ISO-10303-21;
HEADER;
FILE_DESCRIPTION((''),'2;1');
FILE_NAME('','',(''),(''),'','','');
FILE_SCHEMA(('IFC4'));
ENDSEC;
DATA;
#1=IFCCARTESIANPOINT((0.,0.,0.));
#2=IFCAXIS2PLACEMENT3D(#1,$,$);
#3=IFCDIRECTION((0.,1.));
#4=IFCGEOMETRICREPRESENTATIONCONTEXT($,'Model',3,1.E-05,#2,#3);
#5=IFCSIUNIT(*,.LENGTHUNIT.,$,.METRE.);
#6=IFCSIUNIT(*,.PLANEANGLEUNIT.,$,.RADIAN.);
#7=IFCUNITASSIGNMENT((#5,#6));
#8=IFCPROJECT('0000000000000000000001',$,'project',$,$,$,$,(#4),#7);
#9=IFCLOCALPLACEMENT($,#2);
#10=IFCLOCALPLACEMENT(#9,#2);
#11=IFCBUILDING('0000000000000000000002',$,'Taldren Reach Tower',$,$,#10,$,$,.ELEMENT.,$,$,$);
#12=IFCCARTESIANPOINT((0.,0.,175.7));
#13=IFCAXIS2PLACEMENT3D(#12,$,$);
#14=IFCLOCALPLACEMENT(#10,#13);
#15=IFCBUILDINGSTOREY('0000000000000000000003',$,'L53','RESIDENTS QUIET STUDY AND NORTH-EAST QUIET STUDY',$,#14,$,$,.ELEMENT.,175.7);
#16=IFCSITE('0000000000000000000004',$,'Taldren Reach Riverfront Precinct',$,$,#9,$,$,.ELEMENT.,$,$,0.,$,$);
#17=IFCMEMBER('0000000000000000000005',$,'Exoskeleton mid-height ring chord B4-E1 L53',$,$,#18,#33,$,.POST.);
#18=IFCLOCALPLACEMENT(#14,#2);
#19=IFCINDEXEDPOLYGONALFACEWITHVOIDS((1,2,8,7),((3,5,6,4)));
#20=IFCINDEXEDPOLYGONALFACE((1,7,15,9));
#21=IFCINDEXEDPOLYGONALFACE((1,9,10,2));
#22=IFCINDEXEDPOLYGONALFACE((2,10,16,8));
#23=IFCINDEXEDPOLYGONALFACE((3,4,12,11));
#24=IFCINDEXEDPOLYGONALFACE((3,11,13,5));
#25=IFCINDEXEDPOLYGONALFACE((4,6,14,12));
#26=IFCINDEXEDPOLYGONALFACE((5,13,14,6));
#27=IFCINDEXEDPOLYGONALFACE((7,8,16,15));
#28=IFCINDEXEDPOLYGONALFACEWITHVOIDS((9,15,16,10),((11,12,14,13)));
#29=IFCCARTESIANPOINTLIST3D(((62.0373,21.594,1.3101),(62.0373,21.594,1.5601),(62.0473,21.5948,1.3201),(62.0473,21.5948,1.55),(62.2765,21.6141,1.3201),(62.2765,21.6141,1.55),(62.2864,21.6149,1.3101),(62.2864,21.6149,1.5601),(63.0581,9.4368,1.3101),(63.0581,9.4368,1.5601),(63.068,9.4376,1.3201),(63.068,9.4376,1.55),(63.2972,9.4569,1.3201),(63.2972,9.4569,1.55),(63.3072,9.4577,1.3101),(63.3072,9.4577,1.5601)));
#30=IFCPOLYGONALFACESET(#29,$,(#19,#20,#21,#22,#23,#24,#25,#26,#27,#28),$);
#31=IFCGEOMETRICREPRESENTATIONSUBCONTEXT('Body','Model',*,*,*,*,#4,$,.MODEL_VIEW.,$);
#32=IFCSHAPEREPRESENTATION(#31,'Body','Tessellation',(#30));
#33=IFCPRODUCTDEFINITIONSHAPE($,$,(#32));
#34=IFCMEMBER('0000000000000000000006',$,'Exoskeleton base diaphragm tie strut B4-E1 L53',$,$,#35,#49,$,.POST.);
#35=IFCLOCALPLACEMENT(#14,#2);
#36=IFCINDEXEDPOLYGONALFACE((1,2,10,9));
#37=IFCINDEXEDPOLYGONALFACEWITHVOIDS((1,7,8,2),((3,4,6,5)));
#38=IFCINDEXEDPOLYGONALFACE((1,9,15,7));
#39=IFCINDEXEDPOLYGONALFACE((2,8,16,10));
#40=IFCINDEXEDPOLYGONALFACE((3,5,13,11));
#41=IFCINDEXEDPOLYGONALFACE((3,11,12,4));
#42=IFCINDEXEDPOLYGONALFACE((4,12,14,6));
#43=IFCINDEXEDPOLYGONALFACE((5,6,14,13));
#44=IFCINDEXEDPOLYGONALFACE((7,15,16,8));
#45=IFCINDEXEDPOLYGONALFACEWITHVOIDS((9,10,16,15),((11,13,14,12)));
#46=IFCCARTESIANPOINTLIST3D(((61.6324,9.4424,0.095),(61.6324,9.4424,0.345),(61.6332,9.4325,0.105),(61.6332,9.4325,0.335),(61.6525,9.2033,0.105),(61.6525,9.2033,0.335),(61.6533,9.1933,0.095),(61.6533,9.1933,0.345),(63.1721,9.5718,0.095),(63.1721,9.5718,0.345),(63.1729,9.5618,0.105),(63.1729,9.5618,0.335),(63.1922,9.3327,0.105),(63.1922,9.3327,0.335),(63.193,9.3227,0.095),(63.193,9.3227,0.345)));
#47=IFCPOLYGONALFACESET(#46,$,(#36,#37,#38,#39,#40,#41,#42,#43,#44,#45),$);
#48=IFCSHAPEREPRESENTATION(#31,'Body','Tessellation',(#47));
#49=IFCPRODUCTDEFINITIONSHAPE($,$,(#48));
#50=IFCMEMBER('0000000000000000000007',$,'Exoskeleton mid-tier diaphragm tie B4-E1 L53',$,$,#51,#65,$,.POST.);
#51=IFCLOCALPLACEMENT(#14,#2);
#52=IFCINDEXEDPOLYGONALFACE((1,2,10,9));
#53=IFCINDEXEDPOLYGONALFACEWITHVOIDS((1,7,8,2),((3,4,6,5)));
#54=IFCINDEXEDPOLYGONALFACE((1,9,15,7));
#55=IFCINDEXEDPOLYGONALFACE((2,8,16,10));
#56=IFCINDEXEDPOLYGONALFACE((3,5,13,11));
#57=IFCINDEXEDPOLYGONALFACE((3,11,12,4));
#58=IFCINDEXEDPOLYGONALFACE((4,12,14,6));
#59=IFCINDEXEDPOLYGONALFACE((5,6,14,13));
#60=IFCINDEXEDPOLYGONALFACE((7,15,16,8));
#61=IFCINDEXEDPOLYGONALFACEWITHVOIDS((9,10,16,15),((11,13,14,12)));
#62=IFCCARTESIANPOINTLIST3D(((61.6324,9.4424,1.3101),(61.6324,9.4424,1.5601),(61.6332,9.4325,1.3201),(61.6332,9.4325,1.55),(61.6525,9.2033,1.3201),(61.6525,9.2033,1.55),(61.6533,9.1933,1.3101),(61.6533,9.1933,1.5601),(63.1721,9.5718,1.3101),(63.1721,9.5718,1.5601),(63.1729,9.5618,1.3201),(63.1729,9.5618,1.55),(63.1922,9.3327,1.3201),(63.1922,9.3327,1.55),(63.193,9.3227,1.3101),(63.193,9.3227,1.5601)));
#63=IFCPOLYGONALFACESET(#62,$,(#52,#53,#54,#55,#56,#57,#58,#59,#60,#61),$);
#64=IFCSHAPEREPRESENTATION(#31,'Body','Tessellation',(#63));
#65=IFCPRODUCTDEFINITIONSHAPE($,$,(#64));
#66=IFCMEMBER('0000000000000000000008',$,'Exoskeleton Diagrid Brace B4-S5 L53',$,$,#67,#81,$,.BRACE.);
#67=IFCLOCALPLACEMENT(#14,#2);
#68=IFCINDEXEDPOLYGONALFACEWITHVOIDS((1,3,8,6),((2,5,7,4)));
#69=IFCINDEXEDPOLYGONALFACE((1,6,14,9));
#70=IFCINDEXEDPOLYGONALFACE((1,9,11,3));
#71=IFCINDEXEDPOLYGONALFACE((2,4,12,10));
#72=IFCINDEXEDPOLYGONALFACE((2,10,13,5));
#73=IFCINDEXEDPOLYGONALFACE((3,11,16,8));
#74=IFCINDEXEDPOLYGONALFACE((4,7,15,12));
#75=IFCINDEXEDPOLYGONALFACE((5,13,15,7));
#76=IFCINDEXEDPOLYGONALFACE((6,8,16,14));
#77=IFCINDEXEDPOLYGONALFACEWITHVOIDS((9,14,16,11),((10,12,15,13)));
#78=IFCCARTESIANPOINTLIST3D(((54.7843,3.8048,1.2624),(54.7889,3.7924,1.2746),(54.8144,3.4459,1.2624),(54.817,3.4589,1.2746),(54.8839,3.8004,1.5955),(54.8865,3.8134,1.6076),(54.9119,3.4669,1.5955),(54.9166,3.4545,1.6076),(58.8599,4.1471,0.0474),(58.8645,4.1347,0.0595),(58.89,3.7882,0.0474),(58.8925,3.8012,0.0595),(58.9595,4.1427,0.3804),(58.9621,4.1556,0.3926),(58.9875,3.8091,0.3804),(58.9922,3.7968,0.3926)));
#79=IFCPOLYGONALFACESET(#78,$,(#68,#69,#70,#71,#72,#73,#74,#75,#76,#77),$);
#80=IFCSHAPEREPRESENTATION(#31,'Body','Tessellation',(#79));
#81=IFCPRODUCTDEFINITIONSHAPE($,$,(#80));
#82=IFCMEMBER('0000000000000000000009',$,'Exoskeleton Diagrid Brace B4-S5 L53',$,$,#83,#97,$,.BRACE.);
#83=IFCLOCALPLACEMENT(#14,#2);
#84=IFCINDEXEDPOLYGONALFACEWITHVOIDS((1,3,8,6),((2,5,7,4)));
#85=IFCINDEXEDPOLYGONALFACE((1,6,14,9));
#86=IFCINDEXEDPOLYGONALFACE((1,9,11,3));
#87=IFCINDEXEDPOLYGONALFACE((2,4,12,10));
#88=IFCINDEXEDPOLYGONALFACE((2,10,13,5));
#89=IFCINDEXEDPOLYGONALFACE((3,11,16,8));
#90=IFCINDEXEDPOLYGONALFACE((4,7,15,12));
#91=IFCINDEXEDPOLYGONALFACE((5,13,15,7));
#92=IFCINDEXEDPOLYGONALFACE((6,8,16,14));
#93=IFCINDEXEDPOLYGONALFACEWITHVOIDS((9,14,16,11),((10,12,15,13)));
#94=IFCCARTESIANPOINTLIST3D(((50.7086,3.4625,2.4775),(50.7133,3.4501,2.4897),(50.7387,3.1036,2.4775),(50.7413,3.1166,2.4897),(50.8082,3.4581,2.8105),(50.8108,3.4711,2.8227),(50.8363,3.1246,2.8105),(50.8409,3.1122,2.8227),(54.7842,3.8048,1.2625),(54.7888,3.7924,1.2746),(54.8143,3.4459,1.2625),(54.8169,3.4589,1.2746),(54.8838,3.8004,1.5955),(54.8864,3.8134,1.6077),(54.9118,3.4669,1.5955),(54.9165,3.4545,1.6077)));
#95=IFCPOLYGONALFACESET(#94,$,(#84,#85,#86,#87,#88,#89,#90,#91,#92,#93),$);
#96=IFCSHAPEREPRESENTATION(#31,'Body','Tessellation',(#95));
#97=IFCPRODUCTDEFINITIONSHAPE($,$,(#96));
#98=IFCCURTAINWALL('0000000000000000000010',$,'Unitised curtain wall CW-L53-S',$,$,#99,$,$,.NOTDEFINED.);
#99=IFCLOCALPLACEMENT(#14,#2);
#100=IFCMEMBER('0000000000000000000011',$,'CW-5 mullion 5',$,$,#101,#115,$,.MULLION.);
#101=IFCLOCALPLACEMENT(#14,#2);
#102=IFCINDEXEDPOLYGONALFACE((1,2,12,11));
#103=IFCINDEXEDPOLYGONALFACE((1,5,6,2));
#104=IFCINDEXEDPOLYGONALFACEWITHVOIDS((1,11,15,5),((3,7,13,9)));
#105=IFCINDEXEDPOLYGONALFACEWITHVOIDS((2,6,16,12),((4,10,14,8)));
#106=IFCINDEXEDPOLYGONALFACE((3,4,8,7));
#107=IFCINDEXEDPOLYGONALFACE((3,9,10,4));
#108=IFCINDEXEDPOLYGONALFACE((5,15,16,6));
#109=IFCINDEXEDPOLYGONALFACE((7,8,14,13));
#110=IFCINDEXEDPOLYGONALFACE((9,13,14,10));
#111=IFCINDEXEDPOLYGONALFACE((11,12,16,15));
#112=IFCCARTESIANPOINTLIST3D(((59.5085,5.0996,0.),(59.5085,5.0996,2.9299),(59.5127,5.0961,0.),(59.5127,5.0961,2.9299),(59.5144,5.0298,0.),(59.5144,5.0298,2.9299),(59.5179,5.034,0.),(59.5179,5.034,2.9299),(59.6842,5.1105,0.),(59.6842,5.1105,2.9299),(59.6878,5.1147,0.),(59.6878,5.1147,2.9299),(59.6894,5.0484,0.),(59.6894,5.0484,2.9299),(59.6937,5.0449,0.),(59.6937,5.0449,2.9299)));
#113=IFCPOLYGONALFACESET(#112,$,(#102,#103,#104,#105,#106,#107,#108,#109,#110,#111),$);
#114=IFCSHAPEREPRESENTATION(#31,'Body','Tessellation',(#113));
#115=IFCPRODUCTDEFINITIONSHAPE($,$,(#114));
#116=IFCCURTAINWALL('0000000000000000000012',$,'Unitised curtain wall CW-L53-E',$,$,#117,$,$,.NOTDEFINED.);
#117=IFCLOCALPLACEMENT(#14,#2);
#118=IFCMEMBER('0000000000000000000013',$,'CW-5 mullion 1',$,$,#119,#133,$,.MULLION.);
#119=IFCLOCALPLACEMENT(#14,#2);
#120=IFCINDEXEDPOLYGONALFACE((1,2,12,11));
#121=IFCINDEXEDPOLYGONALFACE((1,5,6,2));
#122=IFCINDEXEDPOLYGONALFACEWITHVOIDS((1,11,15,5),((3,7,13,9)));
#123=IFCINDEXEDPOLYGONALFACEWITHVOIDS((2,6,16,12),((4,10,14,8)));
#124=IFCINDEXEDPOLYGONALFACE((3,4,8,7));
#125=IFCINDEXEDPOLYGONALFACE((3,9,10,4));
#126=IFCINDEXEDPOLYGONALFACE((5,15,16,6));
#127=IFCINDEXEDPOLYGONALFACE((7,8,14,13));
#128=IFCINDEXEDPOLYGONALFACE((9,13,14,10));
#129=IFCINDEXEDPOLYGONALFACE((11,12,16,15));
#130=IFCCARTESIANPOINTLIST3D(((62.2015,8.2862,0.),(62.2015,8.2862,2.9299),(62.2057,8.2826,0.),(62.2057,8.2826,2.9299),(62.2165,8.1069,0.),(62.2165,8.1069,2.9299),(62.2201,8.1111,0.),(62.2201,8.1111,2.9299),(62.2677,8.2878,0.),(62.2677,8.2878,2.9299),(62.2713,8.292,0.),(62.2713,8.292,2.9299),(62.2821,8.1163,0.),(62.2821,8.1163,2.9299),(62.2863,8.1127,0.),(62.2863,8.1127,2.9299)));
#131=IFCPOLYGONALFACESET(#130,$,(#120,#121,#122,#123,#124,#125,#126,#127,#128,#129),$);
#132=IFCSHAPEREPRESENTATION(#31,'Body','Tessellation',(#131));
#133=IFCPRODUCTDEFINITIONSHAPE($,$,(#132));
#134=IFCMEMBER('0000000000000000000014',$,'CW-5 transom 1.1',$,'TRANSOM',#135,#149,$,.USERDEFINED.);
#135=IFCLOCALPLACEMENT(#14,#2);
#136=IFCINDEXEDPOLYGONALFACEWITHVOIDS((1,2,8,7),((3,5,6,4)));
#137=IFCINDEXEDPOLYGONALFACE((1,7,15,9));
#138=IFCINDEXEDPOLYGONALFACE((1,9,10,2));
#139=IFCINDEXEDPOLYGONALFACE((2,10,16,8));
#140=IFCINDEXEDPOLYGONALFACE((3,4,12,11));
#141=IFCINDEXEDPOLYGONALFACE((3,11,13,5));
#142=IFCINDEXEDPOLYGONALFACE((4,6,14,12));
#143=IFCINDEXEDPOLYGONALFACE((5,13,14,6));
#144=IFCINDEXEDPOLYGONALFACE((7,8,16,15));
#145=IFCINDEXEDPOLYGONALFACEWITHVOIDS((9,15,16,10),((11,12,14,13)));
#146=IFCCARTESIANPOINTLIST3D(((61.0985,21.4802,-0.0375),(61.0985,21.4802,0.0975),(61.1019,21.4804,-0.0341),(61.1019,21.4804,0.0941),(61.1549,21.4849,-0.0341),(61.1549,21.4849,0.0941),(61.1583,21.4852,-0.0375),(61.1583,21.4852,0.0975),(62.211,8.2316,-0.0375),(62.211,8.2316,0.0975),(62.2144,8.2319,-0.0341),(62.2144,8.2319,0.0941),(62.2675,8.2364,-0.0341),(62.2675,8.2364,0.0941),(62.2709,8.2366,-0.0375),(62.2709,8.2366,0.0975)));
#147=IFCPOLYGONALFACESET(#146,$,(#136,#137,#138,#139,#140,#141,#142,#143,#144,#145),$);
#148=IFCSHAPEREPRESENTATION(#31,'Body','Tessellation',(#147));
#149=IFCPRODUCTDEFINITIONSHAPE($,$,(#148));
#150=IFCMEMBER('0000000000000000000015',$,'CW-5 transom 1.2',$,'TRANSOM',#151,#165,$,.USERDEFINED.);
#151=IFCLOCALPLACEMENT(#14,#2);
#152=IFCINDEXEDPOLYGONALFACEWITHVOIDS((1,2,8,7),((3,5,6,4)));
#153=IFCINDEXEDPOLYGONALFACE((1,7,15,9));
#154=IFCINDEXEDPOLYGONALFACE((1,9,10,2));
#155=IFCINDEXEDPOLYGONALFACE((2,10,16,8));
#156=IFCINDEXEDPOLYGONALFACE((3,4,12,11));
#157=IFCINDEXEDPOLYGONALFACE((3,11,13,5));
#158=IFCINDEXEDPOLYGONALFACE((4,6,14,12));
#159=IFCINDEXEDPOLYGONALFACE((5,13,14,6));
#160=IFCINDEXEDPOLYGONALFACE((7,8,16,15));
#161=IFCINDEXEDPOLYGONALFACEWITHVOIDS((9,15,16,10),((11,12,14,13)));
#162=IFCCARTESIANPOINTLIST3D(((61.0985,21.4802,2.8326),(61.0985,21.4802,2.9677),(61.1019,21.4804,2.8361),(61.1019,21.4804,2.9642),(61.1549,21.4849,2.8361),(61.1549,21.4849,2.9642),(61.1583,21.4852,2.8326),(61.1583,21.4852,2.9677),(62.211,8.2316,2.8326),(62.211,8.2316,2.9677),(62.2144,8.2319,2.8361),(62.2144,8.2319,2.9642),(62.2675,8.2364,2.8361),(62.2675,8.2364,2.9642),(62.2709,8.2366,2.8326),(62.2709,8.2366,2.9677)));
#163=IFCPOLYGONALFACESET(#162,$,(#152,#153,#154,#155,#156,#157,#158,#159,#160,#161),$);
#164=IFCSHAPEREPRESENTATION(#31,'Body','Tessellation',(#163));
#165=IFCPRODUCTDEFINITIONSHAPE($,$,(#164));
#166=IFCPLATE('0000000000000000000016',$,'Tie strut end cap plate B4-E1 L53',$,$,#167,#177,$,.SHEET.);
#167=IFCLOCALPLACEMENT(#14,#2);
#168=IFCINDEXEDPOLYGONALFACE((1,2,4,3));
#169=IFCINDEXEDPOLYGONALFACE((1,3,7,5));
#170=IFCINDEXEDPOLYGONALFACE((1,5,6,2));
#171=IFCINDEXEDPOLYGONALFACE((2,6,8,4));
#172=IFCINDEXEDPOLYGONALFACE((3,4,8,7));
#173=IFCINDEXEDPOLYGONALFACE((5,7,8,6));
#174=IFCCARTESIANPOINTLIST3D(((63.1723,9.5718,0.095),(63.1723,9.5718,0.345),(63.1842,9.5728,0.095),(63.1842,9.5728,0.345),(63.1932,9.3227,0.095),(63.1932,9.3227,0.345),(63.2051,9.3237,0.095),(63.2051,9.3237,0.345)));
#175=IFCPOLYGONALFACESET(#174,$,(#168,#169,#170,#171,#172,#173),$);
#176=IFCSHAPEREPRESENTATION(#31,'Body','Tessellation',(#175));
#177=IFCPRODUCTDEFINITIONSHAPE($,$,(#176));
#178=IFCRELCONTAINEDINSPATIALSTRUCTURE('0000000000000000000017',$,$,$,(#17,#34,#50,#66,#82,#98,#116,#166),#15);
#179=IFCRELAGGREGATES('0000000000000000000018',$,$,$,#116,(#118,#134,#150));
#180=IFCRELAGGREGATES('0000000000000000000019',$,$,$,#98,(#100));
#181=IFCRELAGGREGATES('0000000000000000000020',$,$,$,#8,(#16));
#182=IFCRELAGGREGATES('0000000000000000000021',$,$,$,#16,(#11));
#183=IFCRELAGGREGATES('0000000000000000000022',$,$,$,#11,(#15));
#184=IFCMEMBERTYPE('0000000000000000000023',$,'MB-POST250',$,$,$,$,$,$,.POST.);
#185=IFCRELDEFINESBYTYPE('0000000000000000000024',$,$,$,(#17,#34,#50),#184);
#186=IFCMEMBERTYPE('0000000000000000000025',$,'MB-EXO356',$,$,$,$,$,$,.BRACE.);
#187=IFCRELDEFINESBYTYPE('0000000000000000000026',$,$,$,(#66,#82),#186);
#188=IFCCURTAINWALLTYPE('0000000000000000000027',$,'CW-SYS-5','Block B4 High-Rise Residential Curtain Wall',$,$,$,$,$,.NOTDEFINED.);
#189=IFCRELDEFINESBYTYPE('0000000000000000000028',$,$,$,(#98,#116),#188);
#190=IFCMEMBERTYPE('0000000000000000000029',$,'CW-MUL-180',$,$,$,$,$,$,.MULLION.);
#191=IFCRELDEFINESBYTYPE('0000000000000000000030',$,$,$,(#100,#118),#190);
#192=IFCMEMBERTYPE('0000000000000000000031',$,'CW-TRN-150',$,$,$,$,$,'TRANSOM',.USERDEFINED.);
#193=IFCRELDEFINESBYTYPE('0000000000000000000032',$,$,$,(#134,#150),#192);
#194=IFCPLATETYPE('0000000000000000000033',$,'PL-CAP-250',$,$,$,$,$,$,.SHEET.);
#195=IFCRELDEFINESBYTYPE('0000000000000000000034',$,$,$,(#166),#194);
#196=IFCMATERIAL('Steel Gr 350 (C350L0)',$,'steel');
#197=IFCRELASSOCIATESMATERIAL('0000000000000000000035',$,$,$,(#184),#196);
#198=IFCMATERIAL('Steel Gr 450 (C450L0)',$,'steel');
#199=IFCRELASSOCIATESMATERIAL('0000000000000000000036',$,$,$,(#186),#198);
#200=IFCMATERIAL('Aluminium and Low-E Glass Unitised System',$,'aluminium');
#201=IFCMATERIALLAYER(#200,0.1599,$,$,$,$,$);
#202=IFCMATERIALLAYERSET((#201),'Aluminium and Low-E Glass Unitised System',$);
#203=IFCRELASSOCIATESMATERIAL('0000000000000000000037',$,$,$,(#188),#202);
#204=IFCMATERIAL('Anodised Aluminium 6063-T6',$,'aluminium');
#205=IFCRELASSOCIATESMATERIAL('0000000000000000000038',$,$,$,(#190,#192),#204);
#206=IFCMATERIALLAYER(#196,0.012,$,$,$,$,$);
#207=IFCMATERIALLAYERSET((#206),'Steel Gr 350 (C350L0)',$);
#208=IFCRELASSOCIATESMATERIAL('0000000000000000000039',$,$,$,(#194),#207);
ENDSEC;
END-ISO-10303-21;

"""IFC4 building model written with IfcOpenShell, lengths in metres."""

from ifc_helpers import new_model, si_unit, direction, frame, origin, origin_2d, place, context, subcontext, project, spatial, rectangle, hollow_rectangle, extrude, source, transform, mapped, material, layer, layer_set, material_profile, profile_set, type_object, element, aggregate, save


model = new_model("IFC4")

# Units and contexts
model_context = context("Model", 3, precision=1e-05, world=origin(), true_north=direction((0.0, 1.0)))
body_context = subcontext(model_context, "Body", "Model", "MODEL_VIEW")
ifc_project = project(units=[si_unit("LENGTHUNIT", "METRE"), si_unit("PLANEANGLEUNIT", "RADIAN")], contexts=[model_context])

# Site, building, storey
site_placement = place(None, origin())
site = spatial("IfcSite", under=ifc_project, at=site_placement, Name="Taldren Reach Riverfront Precinct", CompositionType="ELEMENT", RefElevation=0.0)
building_placement = place(site_placement, origin())
building = spatial("IfcBuilding", under=site, at=building_placement, Name="Taldren Reach Tower", CompositionType="ELEMENT")
storey_placement = place(building_placement, frame((0.0, 0.0, 175.7)))
storey = spatial("IfcBuildingStorey", under=building, at=storey_placement, Name="L53", Description="RESIDENTS QUIET STUDY AND NORTH-EAST QUIET STUDY", CompositionType="ELEMENT", Elevation=175.7)

# Shared definitions
ifc_material_1 = material(Name="Steel Gr 350 (C350L0)", Category="steel")

# Shared definitions
ifc_material_profile_1 = material_profile(ifc_material_1, hollow_rectangle(XDim=0.25, YDim=0.25, WallThickness=0.01, at=origin_2d()), Name="250x250x10.0SHS")
ifc_profile_set_1 = profile_set([ifc_material_profile_1], Name="Steel Gr 350 (C350L0)")
member_type_1 = type_object("IfcMemberType", Name="MB-POST250", PredefinedType="POST", material=ifc_profile_set_1)

# Members
ifc_material_2 = material(Name="Steel Gr 450 (C450L0)", Category="steel")
shared_shape_1 = source(origin(), body_context, "Body", "SweptSolid", [
    extrude(hollow_rectangle(XDim=0.25, YDim=0.25, WallThickness=0.01, at=origin_2d()), origin(), (0.0, 0.0, 1.0), 12.2),
])
member_1_placement = place(storey_placement, frame((63.1826, 9.4473, 1.4351), z_axis=(-0.083668, 0.996494, 0.0), x_axis=(-0.996494, -0.083668, 0.0)))
element("IfcMember", 1, at=member_1_placement, inside=storey, type_object=member_type_1, Name="Exoskeleton mid-height ring chord B4-E1 L53", PredefinedType="POST", context=body_context, shape_type="MappedRepresentation", body=[
    mapped(shared_shape_1, transform((0.0, 0.0, 0.0), scale=1.0)),
])
shared_shape_2 = source(origin(), body_context, "Body", "SweptSolid", [
    extrude(hollow_rectangle(XDim=0.25, YDim=0.25, WallThickness=0.01, at=origin_2d()), origin(), (0.0, 0.0, 1.0), 1.5452),
])
for number, where, z_axis, x_axis, name in (
    (2, (61.6428, 9.3179, 0.22), (0.996488, 0.083738, 0.0), (-0.083738, 0.996488, 0.0), "Exoskeleton base diaphragm tie strut B4-E1 L53"),
    (3, (61.6428, 9.3179, 1.4351), (0.996488, 0.083738, 0.0), (-0.083738, 0.996488, 0.0), "Exoskeleton mid-tier diaphragm tie B4-E1 L53"),
):
    element("IfcMember", number, at=place(storey_placement, frame(where, z_axis=z_axis, x_axis=x_axis)), inside=storey, type_object=member_type_1, Name=name, PredefinedType="POST", context=body_context, shape_type="MappedRepresentation", body=[
        mapped(shared_shape_2, transform((0.0, 0.0, 0.0), scale=1.0)),
    ])
ifc_material_profile_2 = material_profile(ifc_material_2, hollow_rectangle(XDim=0.3601, YDim=0.3601, WallThickness=0.0127, at=origin_2d()), Name="360x360x12.7SHS")
ifc_profile_set_2 = profile_set([ifc_material_profile_2], Name="Steel Gr 450 (C450L0)")
member_type_2 = type_object("IfcMemberType", Name="MB-EXO356", PredefinedType="BRACE", material=ifc_profile_set_2)
shared_shape_3 = source(origin(), body_context, "Body", "SweptSolid", [
    extrude(hollow_rectangle(XDim=0.3601, YDim=0.3601, WallThickness=0.0127, at=origin_2d()), origin(), (0.0, 0.0, 1.0), 4.2666),
])
for number, where, z_axis, x_axis, name in (
    (4, (58.926, 3.9719, 0.22), (-0.955229, -0.080222, 0.284783), (0.083688, -0.996492, 0.0), "Exoskeleton Diagrid Brace B4-S5 L53"),
    (5, (54.8503, 3.6296, 1.4351), (-0.955229, -0.080222, 0.284783), (0.083688, -0.996492, 0.0), "Exoskeleton Diagrid Brace B4-S5 L53"),
):
    element("IfcMember", number, at=place(storey_placement, frame(where, z_axis=z_axis, x_axis=x_axis)), inside=storey, type_object=member_type_2, Name=name, PredefinedType="BRACE", context=body_context, shape_type="MappedRepresentation", body=[
        mapped(shared_shape_3, transform((0.0, 0.0, 0.0), scale=1.0)),
    ])

# Curtain wall, member
ifc_material_3 = material(Name="Aluminium and Low-E Glass Unitised System", Category="aluminium")
ifc_layer_1 = layer(ifc_material_3, 0.1599)
ifc_layer_set_1 = layer_set([ifc_layer_1], Name="Aluminium and Low-E Glass Unitised System")
curtain_wall_type = type_object("IfcCurtainWallType", Name="CW-SYS-5", Description="Block B4 High-Rise Residential Curtain Wall", PredefinedType="NOTDEFINED", material=ifc_layer_set_1)
curtain_wall_1_placement = place(storey_placement, origin())
curtain_wall_1 = element("IfcCurtainWall", 6, at=curtain_wall_1_placement, inside=storey, type_object=curtain_wall_type, Name="Unitised curtain wall CW-L53-S", PredefinedType="NOTDEFINED")
ifc_material_4 = material(Name="Anodised Aluminium 6063-T6", Category="aluminium")
ifc_material_profile_3 = material_profile(ifc_material_4, hollow_rectangle(XDim=0.0701, YDim=0.1799, WallThickness=0.0039, at=origin_2d()), Name="ALU-180x70x4RHS")
ifc_profile_set_3 = profile_set([ifc_material_profile_3], Name="Anodised Aluminium 6063-T6")
member_type_3 = type_object("IfcMemberType", Name="CW-MUL-180", PredefinedType="MULLION", material=ifc_profile_set_3)
shared_shape_4 = source(origin(), body_context, "Body", "SweptSolid", [
    extrude(hollow_rectangle(XDim=0.0701, YDim=0.1799, WallThickness=0.0039, at=origin_2d()), origin(), (0.0, 0.0, 1.0), 2.9299),
])
member_2_placement = place(storey_placement, frame((59.6011, 5.0723, 0.0), z_axis=(0.0, 0.0, 1.0), x_axis=(-0.083678, 0.996493, 0.0)))
member_2 = element("IfcMember", 7, at=member_2_placement, type_object=member_type_3, Name="CW-5 mullion 5", PredefinedType="MULLION", context=body_context, shape_type="MappedRepresentation", body=[
    mapped(shared_shape_4, transform((0.0, 0.0, 0.0), scale=1.0)),
])

# Curtain wall, members
curtain_wall_2_placement = place(storey_placement, origin())
curtain_wall_2 = element("IfcCurtainWall", 8, at=curtain_wall_2_placement, inside=storey, type_object=curtain_wall_type, Name="Unitised curtain wall CW-L53-E", PredefinedType="NOTDEFINED")
member_3_placement = place(storey_placement, frame((62.2439, 8.1995, 0.0), z_axis=(0.0, 0.0, 1.0), x_axis=(-0.996493, -0.083678, 0.0)))
member_3 = element("IfcMember", 9, at=member_3_placement, type_object=member_type_3, Name="CW-5 mullion 1", PredefinedType="MULLION", context=body_context, shape_type="MappedRepresentation", body=[
    mapped(shared_shape_4, transform((0.0, 0.0, 0.0), scale=1.0)),
])
ifc_material_profile_4 = material_profile(ifc_material_4, hollow_rectangle(XDim=0.0601, YDim=0.135, WallThickness=0.0034, at=origin_2d()), Name="ALU-135x60x3.5RHS")
ifc_profile_set_4 = profile_set([ifc_material_profile_4], Name="Anodised Aluminium 6063-T6")
member_type_4 = type_object("IfcMemberType", Name="CW-TRN-150", ElementType="TRANSOM", PredefinedType="USERDEFINED", material=ifc_profile_set_4)
shared_shape_5 = source(origin(), body_context, "Body", "SweptSolid", [
    extrude(hollow_rectangle(XDim=0.0601, YDim=0.135, WallThickness=0.0034, at=origin_2d()), origin(), (0.0, 0.0, 1.0), 13.2952),
])
member_4_placement = place(storey_placement, frame((62.241, 8.2341, 0.03), z_axis=(-0.083681, 0.996493, 0.0), x_axis=(-0.996493, -0.083681, 0.0)))
member_4 = element("IfcMember", 10, at=member_4_placement, type_object=member_type_4, Name="CW-5 transom 1.1", ObjectType="TRANSOM", PredefinedType="USERDEFINED", context=body_context, shape_type="MappedRepresentation", body=[
    mapped(shared_shape_5, transform((0.0, 0.0, 0.0), scale=1.0)),
])
member_5_placement = place(storey_placement, frame((62.241, 8.2341, 2.9001), z_axis=(-0.083681, 0.996493, 0.0), x_axis=(-0.996493, -0.083681, 0.0)))
member_5 = element("IfcMember", 11, at=member_5_placement, type_object=member_type_4, Name="CW-5 transom 1.2", ObjectType="TRANSOM", PredefinedType="USERDEFINED", context=body_context, shape_type="MappedRepresentation", body=[
    mapped(shared_shape_5, transform((0.0, 0.0, 0.0), scale=1.0)),
])
aggregate(curtain_wall_2, [member_3, member_4, member_5])

# Plate
ifc_layer_2 = layer(ifc_material_1, 0.012)
ifc_layer_set_2 = layer_set([ifc_layer_2], Name="Steel Gr 350 (C350L0)")
plate_type_1 = type_object("IfcPlateType", Name="PL-CAP-250", PredefinedType="SHEET", material=ifc_layer_set_2)
shared_shape_6 = source(origin(), body_context, "Body", "SweptSolid", [
    extrude(rectangle(XDim=0.012, YDim=0.25, at=origin_2d()), origin(), (0.0, 0.0, 1.0), 0.25),
])
plate_1_placement = place(storey_placement, frame((63.1887, 9.4478, 0.095), z_axis=(0.0, 0.0, 1.0), x_axis=(0.996493, 0.083678, 0.0)))
element("IfcPlate", 12, at=plate_1_placement, inside=storey, type_object=plate_type_1, Name="Tie strut end cap plate B4-E1 L53", PredefinedType="SHEET", context=body_context, shape_type="MappedRepresentation", body=[
    mapped(shared_shape_6, transform((0.0, 0.0, 0.0), scale=1.0)),
])

aggregate(curtain_wall_1, [member_2])

save(model, "model.ifc")
